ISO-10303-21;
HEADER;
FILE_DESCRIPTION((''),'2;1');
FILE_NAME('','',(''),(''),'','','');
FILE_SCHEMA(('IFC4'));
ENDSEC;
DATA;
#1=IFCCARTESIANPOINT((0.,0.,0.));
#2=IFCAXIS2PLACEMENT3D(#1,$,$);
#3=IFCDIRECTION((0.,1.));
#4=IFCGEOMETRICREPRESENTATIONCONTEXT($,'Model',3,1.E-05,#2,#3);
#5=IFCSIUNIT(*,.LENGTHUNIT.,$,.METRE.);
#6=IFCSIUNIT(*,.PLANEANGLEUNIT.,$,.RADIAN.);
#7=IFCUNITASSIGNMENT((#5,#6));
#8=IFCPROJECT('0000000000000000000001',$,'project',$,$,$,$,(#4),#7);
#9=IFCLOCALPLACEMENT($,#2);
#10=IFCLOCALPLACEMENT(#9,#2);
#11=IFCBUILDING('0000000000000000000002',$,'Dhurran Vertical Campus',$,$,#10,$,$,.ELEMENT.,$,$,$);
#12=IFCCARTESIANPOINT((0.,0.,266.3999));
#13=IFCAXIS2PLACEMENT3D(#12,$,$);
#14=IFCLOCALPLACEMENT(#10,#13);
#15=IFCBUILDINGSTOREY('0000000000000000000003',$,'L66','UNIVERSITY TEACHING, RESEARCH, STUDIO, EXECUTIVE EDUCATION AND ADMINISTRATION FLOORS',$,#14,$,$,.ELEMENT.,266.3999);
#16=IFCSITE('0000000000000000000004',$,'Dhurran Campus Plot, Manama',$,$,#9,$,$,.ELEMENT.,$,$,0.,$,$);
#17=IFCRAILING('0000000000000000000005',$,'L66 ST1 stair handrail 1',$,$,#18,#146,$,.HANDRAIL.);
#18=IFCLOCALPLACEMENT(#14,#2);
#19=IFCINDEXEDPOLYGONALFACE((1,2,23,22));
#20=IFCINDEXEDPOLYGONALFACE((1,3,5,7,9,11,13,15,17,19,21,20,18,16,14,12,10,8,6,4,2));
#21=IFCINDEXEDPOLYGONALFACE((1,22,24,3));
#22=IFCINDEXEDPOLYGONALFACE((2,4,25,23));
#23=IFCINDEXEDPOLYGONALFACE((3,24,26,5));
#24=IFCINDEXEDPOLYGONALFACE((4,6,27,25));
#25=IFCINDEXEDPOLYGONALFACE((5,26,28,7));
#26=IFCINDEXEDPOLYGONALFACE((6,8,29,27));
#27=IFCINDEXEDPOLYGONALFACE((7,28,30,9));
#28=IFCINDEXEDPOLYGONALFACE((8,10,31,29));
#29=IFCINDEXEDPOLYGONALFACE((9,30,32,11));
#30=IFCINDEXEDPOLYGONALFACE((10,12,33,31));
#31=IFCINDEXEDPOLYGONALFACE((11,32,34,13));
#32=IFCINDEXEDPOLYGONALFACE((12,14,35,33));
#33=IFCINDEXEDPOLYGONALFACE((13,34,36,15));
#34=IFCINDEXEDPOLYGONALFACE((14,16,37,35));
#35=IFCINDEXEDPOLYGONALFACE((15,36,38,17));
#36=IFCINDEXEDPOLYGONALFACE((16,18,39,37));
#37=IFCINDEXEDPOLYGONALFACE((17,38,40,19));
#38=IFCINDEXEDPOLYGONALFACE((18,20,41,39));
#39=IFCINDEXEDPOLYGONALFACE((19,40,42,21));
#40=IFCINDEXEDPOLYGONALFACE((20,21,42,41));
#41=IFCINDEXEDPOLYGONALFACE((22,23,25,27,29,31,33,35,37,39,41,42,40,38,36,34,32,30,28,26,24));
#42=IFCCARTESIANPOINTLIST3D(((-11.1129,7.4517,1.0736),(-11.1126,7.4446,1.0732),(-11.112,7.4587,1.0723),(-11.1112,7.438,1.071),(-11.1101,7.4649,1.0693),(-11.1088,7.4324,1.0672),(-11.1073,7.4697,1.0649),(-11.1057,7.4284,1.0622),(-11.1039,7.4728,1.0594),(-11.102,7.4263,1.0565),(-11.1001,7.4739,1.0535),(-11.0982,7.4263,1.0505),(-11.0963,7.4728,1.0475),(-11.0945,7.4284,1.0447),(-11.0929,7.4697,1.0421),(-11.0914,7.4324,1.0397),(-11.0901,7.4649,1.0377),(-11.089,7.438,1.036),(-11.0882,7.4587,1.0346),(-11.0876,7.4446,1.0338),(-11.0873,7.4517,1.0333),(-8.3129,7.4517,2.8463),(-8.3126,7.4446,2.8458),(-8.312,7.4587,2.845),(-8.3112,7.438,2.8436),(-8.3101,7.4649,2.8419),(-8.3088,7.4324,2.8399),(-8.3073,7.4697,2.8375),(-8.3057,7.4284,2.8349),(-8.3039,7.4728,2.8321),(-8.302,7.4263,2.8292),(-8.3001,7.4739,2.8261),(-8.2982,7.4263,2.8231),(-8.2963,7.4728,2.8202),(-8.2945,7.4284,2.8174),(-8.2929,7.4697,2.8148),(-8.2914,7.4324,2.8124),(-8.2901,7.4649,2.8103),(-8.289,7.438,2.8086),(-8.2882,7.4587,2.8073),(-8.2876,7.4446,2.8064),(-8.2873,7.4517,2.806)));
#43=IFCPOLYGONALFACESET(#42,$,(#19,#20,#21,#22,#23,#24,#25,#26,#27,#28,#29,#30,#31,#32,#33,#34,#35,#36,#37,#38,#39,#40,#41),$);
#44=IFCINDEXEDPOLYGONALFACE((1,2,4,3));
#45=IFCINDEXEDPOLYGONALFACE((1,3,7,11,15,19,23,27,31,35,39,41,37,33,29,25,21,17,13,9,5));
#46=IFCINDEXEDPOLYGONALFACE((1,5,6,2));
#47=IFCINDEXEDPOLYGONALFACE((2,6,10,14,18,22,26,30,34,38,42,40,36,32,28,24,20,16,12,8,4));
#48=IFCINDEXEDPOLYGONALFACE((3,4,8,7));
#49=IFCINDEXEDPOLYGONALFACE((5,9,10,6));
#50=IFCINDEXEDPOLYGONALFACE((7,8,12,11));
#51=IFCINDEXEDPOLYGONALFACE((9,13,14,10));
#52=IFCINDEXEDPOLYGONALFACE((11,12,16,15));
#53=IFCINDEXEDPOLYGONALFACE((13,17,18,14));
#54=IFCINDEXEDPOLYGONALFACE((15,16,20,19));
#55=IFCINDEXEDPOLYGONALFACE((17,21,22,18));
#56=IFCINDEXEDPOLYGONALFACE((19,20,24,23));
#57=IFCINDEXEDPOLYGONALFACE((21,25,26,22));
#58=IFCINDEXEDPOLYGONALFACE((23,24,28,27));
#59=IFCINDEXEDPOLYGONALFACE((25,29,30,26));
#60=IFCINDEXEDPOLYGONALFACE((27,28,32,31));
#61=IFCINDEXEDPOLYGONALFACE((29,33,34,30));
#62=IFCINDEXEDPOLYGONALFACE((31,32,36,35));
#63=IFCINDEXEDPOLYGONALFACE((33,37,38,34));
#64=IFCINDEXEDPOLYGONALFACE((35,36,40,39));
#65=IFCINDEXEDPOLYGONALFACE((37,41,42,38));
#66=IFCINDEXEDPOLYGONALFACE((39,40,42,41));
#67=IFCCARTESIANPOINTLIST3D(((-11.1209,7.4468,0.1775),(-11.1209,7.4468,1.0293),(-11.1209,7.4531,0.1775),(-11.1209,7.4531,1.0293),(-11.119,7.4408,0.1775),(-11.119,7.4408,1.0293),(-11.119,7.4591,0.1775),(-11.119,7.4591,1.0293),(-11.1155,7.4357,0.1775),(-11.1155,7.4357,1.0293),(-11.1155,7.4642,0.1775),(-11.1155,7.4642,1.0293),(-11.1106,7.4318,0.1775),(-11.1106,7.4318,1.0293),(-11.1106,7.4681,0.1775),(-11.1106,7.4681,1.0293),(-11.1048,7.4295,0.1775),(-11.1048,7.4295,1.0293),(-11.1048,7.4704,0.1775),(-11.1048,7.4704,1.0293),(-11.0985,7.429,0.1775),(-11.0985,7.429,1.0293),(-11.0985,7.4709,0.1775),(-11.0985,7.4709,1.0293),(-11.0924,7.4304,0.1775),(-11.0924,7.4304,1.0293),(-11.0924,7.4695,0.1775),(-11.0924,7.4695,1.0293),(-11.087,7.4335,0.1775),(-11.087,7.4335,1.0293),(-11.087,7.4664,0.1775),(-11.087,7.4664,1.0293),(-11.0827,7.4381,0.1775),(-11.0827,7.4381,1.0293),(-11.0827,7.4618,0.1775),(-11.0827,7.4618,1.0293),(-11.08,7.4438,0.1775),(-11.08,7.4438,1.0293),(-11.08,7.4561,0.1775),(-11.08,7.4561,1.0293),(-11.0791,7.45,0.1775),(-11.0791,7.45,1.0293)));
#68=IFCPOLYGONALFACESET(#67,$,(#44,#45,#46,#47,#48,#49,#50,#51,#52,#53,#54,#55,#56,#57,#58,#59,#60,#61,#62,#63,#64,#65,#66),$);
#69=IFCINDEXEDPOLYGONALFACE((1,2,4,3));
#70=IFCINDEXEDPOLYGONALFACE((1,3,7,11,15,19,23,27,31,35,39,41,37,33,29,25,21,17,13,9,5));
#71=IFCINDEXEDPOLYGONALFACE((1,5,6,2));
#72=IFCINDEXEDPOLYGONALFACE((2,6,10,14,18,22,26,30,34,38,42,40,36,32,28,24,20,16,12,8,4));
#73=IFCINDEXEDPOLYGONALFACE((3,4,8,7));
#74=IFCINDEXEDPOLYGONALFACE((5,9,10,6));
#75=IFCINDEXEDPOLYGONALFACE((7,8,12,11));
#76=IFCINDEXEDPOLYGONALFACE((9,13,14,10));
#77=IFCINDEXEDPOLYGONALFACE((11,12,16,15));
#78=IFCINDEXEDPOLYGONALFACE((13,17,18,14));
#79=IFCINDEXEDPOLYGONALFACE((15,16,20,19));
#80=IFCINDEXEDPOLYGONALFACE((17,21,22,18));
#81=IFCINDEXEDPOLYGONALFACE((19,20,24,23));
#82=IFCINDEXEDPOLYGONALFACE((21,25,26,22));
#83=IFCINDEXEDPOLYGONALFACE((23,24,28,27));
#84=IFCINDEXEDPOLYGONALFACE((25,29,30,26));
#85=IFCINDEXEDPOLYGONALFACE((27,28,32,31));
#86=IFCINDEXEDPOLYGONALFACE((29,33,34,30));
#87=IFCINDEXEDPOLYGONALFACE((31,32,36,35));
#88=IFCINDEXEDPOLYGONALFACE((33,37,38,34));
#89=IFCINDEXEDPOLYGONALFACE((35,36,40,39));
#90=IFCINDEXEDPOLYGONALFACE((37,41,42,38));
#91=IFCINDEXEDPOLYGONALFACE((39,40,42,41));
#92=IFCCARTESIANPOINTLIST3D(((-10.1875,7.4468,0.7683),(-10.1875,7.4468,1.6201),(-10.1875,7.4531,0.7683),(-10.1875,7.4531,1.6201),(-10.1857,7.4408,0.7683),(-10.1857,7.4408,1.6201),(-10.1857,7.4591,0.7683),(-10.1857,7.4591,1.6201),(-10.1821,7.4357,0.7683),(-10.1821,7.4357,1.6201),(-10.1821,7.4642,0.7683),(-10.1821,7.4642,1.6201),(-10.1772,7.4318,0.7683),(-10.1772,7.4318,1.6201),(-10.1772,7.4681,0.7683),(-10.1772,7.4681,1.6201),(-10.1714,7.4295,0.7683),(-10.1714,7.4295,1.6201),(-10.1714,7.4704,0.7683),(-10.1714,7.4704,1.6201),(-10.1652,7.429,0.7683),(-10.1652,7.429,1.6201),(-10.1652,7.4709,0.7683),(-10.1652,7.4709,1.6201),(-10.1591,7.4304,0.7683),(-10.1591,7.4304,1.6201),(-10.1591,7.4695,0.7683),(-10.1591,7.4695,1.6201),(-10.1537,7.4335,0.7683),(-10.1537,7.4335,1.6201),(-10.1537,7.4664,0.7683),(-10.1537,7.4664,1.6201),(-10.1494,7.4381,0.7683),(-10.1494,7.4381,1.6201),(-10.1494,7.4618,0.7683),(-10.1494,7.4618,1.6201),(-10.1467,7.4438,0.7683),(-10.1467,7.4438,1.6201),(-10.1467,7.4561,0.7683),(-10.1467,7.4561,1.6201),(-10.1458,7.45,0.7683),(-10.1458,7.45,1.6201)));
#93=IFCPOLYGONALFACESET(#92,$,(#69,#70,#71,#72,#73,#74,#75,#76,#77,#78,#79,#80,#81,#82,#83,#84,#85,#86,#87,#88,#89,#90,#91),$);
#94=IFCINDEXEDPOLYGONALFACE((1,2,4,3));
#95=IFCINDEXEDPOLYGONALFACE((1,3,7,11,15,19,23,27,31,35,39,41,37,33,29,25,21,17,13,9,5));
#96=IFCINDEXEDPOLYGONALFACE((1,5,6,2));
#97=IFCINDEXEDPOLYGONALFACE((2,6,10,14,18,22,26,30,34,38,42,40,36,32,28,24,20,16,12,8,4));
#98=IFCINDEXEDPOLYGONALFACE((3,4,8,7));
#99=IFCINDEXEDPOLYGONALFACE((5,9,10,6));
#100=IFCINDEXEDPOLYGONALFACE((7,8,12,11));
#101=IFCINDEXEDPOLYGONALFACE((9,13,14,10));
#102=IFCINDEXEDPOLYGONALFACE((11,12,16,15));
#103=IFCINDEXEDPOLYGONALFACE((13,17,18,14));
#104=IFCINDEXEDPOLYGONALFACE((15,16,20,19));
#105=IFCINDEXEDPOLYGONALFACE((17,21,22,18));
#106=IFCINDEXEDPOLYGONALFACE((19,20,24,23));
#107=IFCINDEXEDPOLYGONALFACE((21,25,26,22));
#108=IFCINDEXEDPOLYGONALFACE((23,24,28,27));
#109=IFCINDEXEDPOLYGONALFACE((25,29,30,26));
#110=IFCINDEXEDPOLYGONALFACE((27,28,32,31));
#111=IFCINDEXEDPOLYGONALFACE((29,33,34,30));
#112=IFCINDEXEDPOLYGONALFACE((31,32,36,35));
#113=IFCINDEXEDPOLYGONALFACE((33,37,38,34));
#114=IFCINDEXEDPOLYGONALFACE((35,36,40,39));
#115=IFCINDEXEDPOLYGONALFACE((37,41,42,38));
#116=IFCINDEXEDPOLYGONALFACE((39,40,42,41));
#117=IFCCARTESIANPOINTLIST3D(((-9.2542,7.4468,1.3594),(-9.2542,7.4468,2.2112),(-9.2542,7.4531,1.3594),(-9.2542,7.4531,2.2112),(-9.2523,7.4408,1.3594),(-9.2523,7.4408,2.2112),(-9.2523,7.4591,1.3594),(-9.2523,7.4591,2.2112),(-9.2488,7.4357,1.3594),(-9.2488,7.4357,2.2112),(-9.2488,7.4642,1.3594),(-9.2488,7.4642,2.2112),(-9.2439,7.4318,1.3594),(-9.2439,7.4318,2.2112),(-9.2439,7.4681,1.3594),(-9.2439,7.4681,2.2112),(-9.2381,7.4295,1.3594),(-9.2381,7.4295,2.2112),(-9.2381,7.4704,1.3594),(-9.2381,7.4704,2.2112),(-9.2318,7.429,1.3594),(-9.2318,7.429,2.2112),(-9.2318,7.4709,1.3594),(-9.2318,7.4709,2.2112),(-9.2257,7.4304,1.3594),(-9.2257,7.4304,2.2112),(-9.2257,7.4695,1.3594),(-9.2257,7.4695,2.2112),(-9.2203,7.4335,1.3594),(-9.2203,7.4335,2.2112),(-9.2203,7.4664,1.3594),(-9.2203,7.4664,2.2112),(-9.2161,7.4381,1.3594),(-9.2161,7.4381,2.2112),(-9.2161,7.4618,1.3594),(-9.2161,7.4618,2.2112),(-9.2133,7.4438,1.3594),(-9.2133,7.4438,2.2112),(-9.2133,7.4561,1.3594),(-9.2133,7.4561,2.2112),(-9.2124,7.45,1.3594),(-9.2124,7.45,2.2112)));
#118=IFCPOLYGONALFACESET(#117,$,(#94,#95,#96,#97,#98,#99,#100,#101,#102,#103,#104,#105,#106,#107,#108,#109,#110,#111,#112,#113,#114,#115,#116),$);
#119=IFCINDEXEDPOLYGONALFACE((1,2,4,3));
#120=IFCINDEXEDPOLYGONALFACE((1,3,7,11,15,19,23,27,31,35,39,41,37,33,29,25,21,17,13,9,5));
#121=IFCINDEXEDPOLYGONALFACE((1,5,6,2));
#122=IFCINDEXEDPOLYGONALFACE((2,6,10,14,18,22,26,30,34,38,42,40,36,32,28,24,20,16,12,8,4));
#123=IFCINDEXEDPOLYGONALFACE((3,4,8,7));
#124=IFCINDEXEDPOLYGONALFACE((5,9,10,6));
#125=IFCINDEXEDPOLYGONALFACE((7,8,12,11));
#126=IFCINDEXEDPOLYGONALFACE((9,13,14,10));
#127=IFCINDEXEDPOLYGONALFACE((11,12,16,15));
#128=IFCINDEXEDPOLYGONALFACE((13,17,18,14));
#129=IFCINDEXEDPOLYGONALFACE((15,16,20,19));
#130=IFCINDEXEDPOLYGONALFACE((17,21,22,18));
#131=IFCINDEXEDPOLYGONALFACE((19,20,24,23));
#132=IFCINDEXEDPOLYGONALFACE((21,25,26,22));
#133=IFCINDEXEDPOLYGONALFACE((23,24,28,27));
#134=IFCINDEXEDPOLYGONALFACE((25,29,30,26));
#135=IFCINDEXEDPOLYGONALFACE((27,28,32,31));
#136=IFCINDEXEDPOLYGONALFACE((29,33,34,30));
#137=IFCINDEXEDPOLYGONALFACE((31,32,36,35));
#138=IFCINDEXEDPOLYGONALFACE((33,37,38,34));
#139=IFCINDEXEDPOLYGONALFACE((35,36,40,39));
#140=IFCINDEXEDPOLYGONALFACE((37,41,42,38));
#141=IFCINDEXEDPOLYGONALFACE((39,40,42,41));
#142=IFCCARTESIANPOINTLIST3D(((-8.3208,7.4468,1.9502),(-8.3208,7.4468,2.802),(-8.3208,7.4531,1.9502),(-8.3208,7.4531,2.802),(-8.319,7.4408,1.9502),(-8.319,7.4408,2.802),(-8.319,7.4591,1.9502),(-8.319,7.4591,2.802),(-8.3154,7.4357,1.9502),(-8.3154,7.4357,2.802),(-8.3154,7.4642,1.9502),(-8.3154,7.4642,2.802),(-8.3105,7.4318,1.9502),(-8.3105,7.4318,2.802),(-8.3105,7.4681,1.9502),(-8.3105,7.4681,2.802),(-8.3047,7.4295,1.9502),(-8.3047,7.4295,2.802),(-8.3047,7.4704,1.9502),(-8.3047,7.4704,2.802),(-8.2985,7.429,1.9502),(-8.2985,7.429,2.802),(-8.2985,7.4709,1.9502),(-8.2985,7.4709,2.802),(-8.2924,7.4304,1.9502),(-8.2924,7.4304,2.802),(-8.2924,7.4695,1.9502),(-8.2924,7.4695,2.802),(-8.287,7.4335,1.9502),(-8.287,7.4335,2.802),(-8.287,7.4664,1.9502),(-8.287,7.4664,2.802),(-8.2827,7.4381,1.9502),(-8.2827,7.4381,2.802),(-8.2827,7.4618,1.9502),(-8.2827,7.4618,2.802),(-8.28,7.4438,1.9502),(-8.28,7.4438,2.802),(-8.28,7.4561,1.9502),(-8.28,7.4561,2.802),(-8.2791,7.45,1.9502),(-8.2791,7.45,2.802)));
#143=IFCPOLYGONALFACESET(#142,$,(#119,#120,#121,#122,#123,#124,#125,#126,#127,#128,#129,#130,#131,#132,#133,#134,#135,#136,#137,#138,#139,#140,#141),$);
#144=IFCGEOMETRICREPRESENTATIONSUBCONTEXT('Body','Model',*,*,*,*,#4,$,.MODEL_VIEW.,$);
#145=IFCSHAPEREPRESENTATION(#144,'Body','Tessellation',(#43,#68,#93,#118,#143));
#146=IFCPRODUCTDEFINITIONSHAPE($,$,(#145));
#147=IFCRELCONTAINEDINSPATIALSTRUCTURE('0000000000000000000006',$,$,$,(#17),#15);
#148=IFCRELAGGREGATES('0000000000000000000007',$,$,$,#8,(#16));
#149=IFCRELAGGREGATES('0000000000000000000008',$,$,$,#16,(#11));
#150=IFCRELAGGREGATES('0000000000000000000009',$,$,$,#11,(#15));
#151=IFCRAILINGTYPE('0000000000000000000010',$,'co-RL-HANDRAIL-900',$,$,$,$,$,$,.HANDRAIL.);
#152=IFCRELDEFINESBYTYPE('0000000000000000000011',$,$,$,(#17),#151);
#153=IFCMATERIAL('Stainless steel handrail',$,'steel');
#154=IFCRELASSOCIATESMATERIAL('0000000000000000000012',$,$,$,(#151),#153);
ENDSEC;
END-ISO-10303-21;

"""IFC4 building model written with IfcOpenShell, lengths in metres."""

from ifc_helpers import new_model, si_unit, direction, frame, origin, origin_2d, place, context, subcontext, project, spatial, circle, extrude, material, type_object, element, save


model = new_model("IFC4")

# Units and contexts
model_context = context("Model", 3, precision=1e-05, world=origin(), true_north=direction((0.0, 1.0)))
body_context = subcontext(model_context, "Body", "Model", "MODEL_VIEW")
ifc_project = project(units=[si_unit("LENGTHUNIT", "METRE"), si_unit("PLANEANGLEUNIT", "RADIAN")], contexts=[model_context])

# Site, building, storey
site_placement = place(None, origin())
site = spatial("IfcSite", under=ifc_project, at=site_placement, Name="Dhurran Campus Plot, Manama", CompositionType="ELEMENT", RefElevation=0.0)
building_placement = place(site_placement, origin())
building = spatial("IfcBuilding", under=site, at=building_placement, Name="Dhurran Vertical Campus", CompositionType="ELEMENT")
storey_placement = place(building_placement, frame((0.0, 0.0, 266.3999)))
storey = spatial("IfcBuildingStorey", under=building, at=storey_placement, Name="L66", Description="UNIVERSITY TEACHING, RESEARCH, STUDIO, EXECUTIVE EDUCATION AND ADMINISTRATION FLOORS", CompositionType="ELEMENT", Elevation=266.3999)

# Railing
ifc_material_1 = material(Name="Stainless steel handrail", Category="steel")
railing_type_1 = type_object("IfcRailingType", Name="co-RL-HANDRAIL-900", PredefinedType="HANDRAIL", material=ifc_material_1)
railing_1_placement = place(storey_placement, frame((-11.1001, 7.45, 0.1775)))
element("IfcRailing", 1, at=railing_1_placement, inside=storey, type_object=railing_type_1, Name="L66 ST1 stair handrail 1", PredefinedType="HANDRAIL", context=body_context, shape_type="SweptSolid", body=[
    extrude(circle(Radius=0.0239, at=origin_2d()), frame((0.0, 0.0, 0.876), z_axis=(0.844909, 0.0, 0.53491), x_axis=(0.0, 1.0, 0.0)), (0.0, 0.0, 1.0), 3.314),
    extrude(circle(Radius=0.021, at=origin_2d()), origin(), (0.0, 0.0, 1.0), 0.8518),
    extrude(circle(Radius=0.021, at=origin_2d()), frame((0.9333, 0.0, 0.5908)), (0.0, 0.0, 1.0), 0.8518),
    extrude(circle(Radius=0.021, at=origin_2d()), frame((1.8667, 0.0, 1.1819)), (0.0, 0.0, 1.0), 0.8518),
    extrude(circle(Radius=0.021, at=origin_2d()), frame((2.8, 0.0, 1.7727)), (0.0, 0.0, 1.0), 0.8518),
])

save(model, "model.ifc")
